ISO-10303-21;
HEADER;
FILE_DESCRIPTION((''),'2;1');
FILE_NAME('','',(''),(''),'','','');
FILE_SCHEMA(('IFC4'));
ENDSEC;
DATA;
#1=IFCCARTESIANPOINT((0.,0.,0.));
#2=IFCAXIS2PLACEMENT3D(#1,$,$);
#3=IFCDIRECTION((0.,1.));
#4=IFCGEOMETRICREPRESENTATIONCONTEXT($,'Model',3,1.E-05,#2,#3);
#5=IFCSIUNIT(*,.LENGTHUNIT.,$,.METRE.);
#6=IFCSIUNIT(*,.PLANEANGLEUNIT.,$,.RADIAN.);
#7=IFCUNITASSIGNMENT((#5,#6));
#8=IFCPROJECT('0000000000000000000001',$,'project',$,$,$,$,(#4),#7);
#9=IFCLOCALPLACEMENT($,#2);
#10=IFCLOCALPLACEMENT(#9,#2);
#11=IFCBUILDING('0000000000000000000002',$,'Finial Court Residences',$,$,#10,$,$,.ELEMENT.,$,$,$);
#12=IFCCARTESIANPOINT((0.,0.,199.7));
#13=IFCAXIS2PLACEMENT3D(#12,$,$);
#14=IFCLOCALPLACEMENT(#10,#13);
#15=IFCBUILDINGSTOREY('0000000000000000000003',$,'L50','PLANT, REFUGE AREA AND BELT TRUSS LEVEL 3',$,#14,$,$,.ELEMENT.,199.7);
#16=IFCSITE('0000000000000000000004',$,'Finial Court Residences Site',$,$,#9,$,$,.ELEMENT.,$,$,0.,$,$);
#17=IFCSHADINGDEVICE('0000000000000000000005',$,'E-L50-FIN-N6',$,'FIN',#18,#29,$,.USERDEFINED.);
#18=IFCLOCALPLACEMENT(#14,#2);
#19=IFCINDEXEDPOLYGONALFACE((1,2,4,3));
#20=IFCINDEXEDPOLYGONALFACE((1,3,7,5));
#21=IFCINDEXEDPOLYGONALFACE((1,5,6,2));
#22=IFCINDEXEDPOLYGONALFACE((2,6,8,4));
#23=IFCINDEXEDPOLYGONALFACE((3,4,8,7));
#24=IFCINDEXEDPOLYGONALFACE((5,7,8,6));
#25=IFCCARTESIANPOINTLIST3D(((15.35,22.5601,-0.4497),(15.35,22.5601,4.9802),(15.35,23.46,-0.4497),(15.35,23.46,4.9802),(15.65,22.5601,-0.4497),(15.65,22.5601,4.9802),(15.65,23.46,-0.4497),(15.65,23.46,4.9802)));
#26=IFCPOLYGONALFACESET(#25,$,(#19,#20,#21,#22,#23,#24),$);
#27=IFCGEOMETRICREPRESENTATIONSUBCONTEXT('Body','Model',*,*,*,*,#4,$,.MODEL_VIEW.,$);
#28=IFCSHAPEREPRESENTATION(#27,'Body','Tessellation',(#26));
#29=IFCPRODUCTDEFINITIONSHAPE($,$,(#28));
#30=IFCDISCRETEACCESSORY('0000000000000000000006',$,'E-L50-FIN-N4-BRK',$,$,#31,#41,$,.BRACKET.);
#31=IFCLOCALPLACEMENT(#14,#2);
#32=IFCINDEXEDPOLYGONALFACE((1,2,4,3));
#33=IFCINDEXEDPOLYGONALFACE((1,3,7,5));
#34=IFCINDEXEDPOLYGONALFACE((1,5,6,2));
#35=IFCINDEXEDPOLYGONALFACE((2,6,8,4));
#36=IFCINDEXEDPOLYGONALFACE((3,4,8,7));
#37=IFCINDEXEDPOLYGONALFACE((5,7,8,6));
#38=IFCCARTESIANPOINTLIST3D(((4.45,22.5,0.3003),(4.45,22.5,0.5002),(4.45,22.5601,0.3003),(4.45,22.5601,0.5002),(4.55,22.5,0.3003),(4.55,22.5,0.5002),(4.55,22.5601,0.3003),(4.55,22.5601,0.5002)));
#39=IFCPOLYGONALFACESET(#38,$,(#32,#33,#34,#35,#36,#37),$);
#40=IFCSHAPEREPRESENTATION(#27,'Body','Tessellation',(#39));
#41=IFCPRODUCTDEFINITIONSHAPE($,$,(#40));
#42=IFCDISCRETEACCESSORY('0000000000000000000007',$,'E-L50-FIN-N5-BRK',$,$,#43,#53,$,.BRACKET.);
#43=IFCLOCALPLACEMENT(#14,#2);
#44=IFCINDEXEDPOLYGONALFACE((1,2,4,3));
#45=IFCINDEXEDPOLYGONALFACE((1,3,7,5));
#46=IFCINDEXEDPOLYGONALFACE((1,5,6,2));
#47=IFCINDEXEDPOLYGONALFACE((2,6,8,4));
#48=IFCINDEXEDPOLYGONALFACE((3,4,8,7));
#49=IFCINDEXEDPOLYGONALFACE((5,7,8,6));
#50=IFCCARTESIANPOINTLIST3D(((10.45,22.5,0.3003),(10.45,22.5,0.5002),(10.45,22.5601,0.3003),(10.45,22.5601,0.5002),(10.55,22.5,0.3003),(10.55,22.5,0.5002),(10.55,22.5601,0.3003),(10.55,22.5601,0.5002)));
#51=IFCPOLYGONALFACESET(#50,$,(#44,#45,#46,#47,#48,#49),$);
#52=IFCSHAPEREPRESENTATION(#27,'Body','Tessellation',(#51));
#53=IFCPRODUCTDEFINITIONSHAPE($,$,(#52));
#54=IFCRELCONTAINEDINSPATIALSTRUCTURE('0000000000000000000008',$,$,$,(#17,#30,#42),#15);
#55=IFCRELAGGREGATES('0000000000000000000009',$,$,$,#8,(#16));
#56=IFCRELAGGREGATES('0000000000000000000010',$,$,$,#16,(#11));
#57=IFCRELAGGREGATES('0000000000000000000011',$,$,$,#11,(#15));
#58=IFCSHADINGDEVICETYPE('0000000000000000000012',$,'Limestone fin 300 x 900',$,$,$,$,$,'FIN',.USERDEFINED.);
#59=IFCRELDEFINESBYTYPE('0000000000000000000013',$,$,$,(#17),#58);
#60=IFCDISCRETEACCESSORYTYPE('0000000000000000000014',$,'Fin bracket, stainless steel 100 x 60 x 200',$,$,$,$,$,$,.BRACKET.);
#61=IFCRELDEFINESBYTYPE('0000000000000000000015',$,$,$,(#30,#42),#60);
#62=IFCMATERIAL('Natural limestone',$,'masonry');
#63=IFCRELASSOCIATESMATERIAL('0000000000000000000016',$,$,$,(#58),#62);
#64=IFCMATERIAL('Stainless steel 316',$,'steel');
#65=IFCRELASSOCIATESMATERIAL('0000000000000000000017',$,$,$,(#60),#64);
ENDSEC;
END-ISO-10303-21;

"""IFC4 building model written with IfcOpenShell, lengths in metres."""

from ifc_helpers import new_model, si_unit, direction, frame, origin, origin_2d, place, context, subcontext, project, spatial, rectangle, extrude, material, type_object, element, save


model = new_model("IFC4")

# Units and contexts
model_context = context("Model", 3, precision=1e-05, world=origin(), true_north=direction((0.0, 1.0)))
body_context = subcontext(model_context, "Body", "Model", "MODEL_VIEW")
ifc_project = project(units=[si_unit("LENGTHUNIT", "METRE"), si_unit("PLANEANGLEUNIT", "RADIAN")], contexts=[model_context])

# Site, building, storey
site_placement = place(None, origin())
site = spatial("IfcSite", under=ifc_project, at=site_placement, Name="Finial Court Residences Site", CompositionType="ELEMENT", RefElevation=0.0)
building_placement = place(site_placement, origin())
building = spatial("IfcBuilding", under=site, at=building_placement, Name="Finial Court Residences", CompositionType="ELEMENT")
storey_placement = place(building_placement, frame((0.0, 0.0, 199.7)))
storey = spatial("IfcBuildingStorey", under=building, at=storey_placement, Name="L50", Description="PLANT, REFUGE AREA AND BELT TRUSS LEVEL 3", CompositionType="ELEMENT", Elevation=199.7)

# Shared definitions
ifc_material_1 = material(Name="Natural limestone", Category="masonry")

# Shading device
shading_device_type = type_object("IfcShadingDeviceType", Name="Limestone fin 300 x 900", ElementType="FIN", PredefinedType="USERDEFINED", material=ifc_material_1)
for number, where, z_axis, x_axis, name in (
    (1, (15.5, 23.01, -0.4497), (0.0, 0.0, 1.0), (1.0, 0.0, 0.0), "E-L50-FIN-N6"),
):
    element("IfcShadingDevice", number, at=place(storey_placement, frame(where, z_axis=z_axis, x_axis=x_axis)), inside=storey, type_object=shading_device_type, Name=name, ObjectType="FIN", PredefinedType="USERDEFINED", context=body_context, shape_type="SweptSolid", body=[
        extrude(rectangle(XDim=0.3, YDim=0.8999, at=origin_2d()), origin(), (0.0, 0.0, 1.0), 5.4299),
    ])

# Discrete accessories
ifc_material_2 = material(Name="Stainless steel 316", Category="steel")
discrete_accessory_type = type_object("IfcDiscreteAccessoryType", Name="Fin bracket, stainless steel 100 x 60 x 200", PredefinedType="BRACKET", material=ifc_material_2)
for number, where, z_axis, x_axis, name in (
    (2, (4.5, 22.53, 0.3003), (0.0, 0.0, 1.0), (1.0, 0.0, 0.0), "E-L50-FIN-N4-BRK"),
    (3, (10.5, 22.53, 0.3003), (0.0, 0.0, 1.0), (1.0, 0.0, 0.0), "E-L50-FIN-N5-BRK"),
):
    element("IfcDiscreteAccessory", number, at=place(storey_placement, frame(where, z_axis=z_axis, x_axis=x_axis)), inside=storey, type_object=discrete_accessory_type, Name=name, PredefinedType="BRACKET", context=body_context, shape_type="SweptSolid", body=[
        extrude(rectangle(XDim=0.1001, YDim=0.0601, at=origin_2d()), origin(), (0.0, 0.0, 1.0), 0.2),
    ])

save(model, "model.ifc")
